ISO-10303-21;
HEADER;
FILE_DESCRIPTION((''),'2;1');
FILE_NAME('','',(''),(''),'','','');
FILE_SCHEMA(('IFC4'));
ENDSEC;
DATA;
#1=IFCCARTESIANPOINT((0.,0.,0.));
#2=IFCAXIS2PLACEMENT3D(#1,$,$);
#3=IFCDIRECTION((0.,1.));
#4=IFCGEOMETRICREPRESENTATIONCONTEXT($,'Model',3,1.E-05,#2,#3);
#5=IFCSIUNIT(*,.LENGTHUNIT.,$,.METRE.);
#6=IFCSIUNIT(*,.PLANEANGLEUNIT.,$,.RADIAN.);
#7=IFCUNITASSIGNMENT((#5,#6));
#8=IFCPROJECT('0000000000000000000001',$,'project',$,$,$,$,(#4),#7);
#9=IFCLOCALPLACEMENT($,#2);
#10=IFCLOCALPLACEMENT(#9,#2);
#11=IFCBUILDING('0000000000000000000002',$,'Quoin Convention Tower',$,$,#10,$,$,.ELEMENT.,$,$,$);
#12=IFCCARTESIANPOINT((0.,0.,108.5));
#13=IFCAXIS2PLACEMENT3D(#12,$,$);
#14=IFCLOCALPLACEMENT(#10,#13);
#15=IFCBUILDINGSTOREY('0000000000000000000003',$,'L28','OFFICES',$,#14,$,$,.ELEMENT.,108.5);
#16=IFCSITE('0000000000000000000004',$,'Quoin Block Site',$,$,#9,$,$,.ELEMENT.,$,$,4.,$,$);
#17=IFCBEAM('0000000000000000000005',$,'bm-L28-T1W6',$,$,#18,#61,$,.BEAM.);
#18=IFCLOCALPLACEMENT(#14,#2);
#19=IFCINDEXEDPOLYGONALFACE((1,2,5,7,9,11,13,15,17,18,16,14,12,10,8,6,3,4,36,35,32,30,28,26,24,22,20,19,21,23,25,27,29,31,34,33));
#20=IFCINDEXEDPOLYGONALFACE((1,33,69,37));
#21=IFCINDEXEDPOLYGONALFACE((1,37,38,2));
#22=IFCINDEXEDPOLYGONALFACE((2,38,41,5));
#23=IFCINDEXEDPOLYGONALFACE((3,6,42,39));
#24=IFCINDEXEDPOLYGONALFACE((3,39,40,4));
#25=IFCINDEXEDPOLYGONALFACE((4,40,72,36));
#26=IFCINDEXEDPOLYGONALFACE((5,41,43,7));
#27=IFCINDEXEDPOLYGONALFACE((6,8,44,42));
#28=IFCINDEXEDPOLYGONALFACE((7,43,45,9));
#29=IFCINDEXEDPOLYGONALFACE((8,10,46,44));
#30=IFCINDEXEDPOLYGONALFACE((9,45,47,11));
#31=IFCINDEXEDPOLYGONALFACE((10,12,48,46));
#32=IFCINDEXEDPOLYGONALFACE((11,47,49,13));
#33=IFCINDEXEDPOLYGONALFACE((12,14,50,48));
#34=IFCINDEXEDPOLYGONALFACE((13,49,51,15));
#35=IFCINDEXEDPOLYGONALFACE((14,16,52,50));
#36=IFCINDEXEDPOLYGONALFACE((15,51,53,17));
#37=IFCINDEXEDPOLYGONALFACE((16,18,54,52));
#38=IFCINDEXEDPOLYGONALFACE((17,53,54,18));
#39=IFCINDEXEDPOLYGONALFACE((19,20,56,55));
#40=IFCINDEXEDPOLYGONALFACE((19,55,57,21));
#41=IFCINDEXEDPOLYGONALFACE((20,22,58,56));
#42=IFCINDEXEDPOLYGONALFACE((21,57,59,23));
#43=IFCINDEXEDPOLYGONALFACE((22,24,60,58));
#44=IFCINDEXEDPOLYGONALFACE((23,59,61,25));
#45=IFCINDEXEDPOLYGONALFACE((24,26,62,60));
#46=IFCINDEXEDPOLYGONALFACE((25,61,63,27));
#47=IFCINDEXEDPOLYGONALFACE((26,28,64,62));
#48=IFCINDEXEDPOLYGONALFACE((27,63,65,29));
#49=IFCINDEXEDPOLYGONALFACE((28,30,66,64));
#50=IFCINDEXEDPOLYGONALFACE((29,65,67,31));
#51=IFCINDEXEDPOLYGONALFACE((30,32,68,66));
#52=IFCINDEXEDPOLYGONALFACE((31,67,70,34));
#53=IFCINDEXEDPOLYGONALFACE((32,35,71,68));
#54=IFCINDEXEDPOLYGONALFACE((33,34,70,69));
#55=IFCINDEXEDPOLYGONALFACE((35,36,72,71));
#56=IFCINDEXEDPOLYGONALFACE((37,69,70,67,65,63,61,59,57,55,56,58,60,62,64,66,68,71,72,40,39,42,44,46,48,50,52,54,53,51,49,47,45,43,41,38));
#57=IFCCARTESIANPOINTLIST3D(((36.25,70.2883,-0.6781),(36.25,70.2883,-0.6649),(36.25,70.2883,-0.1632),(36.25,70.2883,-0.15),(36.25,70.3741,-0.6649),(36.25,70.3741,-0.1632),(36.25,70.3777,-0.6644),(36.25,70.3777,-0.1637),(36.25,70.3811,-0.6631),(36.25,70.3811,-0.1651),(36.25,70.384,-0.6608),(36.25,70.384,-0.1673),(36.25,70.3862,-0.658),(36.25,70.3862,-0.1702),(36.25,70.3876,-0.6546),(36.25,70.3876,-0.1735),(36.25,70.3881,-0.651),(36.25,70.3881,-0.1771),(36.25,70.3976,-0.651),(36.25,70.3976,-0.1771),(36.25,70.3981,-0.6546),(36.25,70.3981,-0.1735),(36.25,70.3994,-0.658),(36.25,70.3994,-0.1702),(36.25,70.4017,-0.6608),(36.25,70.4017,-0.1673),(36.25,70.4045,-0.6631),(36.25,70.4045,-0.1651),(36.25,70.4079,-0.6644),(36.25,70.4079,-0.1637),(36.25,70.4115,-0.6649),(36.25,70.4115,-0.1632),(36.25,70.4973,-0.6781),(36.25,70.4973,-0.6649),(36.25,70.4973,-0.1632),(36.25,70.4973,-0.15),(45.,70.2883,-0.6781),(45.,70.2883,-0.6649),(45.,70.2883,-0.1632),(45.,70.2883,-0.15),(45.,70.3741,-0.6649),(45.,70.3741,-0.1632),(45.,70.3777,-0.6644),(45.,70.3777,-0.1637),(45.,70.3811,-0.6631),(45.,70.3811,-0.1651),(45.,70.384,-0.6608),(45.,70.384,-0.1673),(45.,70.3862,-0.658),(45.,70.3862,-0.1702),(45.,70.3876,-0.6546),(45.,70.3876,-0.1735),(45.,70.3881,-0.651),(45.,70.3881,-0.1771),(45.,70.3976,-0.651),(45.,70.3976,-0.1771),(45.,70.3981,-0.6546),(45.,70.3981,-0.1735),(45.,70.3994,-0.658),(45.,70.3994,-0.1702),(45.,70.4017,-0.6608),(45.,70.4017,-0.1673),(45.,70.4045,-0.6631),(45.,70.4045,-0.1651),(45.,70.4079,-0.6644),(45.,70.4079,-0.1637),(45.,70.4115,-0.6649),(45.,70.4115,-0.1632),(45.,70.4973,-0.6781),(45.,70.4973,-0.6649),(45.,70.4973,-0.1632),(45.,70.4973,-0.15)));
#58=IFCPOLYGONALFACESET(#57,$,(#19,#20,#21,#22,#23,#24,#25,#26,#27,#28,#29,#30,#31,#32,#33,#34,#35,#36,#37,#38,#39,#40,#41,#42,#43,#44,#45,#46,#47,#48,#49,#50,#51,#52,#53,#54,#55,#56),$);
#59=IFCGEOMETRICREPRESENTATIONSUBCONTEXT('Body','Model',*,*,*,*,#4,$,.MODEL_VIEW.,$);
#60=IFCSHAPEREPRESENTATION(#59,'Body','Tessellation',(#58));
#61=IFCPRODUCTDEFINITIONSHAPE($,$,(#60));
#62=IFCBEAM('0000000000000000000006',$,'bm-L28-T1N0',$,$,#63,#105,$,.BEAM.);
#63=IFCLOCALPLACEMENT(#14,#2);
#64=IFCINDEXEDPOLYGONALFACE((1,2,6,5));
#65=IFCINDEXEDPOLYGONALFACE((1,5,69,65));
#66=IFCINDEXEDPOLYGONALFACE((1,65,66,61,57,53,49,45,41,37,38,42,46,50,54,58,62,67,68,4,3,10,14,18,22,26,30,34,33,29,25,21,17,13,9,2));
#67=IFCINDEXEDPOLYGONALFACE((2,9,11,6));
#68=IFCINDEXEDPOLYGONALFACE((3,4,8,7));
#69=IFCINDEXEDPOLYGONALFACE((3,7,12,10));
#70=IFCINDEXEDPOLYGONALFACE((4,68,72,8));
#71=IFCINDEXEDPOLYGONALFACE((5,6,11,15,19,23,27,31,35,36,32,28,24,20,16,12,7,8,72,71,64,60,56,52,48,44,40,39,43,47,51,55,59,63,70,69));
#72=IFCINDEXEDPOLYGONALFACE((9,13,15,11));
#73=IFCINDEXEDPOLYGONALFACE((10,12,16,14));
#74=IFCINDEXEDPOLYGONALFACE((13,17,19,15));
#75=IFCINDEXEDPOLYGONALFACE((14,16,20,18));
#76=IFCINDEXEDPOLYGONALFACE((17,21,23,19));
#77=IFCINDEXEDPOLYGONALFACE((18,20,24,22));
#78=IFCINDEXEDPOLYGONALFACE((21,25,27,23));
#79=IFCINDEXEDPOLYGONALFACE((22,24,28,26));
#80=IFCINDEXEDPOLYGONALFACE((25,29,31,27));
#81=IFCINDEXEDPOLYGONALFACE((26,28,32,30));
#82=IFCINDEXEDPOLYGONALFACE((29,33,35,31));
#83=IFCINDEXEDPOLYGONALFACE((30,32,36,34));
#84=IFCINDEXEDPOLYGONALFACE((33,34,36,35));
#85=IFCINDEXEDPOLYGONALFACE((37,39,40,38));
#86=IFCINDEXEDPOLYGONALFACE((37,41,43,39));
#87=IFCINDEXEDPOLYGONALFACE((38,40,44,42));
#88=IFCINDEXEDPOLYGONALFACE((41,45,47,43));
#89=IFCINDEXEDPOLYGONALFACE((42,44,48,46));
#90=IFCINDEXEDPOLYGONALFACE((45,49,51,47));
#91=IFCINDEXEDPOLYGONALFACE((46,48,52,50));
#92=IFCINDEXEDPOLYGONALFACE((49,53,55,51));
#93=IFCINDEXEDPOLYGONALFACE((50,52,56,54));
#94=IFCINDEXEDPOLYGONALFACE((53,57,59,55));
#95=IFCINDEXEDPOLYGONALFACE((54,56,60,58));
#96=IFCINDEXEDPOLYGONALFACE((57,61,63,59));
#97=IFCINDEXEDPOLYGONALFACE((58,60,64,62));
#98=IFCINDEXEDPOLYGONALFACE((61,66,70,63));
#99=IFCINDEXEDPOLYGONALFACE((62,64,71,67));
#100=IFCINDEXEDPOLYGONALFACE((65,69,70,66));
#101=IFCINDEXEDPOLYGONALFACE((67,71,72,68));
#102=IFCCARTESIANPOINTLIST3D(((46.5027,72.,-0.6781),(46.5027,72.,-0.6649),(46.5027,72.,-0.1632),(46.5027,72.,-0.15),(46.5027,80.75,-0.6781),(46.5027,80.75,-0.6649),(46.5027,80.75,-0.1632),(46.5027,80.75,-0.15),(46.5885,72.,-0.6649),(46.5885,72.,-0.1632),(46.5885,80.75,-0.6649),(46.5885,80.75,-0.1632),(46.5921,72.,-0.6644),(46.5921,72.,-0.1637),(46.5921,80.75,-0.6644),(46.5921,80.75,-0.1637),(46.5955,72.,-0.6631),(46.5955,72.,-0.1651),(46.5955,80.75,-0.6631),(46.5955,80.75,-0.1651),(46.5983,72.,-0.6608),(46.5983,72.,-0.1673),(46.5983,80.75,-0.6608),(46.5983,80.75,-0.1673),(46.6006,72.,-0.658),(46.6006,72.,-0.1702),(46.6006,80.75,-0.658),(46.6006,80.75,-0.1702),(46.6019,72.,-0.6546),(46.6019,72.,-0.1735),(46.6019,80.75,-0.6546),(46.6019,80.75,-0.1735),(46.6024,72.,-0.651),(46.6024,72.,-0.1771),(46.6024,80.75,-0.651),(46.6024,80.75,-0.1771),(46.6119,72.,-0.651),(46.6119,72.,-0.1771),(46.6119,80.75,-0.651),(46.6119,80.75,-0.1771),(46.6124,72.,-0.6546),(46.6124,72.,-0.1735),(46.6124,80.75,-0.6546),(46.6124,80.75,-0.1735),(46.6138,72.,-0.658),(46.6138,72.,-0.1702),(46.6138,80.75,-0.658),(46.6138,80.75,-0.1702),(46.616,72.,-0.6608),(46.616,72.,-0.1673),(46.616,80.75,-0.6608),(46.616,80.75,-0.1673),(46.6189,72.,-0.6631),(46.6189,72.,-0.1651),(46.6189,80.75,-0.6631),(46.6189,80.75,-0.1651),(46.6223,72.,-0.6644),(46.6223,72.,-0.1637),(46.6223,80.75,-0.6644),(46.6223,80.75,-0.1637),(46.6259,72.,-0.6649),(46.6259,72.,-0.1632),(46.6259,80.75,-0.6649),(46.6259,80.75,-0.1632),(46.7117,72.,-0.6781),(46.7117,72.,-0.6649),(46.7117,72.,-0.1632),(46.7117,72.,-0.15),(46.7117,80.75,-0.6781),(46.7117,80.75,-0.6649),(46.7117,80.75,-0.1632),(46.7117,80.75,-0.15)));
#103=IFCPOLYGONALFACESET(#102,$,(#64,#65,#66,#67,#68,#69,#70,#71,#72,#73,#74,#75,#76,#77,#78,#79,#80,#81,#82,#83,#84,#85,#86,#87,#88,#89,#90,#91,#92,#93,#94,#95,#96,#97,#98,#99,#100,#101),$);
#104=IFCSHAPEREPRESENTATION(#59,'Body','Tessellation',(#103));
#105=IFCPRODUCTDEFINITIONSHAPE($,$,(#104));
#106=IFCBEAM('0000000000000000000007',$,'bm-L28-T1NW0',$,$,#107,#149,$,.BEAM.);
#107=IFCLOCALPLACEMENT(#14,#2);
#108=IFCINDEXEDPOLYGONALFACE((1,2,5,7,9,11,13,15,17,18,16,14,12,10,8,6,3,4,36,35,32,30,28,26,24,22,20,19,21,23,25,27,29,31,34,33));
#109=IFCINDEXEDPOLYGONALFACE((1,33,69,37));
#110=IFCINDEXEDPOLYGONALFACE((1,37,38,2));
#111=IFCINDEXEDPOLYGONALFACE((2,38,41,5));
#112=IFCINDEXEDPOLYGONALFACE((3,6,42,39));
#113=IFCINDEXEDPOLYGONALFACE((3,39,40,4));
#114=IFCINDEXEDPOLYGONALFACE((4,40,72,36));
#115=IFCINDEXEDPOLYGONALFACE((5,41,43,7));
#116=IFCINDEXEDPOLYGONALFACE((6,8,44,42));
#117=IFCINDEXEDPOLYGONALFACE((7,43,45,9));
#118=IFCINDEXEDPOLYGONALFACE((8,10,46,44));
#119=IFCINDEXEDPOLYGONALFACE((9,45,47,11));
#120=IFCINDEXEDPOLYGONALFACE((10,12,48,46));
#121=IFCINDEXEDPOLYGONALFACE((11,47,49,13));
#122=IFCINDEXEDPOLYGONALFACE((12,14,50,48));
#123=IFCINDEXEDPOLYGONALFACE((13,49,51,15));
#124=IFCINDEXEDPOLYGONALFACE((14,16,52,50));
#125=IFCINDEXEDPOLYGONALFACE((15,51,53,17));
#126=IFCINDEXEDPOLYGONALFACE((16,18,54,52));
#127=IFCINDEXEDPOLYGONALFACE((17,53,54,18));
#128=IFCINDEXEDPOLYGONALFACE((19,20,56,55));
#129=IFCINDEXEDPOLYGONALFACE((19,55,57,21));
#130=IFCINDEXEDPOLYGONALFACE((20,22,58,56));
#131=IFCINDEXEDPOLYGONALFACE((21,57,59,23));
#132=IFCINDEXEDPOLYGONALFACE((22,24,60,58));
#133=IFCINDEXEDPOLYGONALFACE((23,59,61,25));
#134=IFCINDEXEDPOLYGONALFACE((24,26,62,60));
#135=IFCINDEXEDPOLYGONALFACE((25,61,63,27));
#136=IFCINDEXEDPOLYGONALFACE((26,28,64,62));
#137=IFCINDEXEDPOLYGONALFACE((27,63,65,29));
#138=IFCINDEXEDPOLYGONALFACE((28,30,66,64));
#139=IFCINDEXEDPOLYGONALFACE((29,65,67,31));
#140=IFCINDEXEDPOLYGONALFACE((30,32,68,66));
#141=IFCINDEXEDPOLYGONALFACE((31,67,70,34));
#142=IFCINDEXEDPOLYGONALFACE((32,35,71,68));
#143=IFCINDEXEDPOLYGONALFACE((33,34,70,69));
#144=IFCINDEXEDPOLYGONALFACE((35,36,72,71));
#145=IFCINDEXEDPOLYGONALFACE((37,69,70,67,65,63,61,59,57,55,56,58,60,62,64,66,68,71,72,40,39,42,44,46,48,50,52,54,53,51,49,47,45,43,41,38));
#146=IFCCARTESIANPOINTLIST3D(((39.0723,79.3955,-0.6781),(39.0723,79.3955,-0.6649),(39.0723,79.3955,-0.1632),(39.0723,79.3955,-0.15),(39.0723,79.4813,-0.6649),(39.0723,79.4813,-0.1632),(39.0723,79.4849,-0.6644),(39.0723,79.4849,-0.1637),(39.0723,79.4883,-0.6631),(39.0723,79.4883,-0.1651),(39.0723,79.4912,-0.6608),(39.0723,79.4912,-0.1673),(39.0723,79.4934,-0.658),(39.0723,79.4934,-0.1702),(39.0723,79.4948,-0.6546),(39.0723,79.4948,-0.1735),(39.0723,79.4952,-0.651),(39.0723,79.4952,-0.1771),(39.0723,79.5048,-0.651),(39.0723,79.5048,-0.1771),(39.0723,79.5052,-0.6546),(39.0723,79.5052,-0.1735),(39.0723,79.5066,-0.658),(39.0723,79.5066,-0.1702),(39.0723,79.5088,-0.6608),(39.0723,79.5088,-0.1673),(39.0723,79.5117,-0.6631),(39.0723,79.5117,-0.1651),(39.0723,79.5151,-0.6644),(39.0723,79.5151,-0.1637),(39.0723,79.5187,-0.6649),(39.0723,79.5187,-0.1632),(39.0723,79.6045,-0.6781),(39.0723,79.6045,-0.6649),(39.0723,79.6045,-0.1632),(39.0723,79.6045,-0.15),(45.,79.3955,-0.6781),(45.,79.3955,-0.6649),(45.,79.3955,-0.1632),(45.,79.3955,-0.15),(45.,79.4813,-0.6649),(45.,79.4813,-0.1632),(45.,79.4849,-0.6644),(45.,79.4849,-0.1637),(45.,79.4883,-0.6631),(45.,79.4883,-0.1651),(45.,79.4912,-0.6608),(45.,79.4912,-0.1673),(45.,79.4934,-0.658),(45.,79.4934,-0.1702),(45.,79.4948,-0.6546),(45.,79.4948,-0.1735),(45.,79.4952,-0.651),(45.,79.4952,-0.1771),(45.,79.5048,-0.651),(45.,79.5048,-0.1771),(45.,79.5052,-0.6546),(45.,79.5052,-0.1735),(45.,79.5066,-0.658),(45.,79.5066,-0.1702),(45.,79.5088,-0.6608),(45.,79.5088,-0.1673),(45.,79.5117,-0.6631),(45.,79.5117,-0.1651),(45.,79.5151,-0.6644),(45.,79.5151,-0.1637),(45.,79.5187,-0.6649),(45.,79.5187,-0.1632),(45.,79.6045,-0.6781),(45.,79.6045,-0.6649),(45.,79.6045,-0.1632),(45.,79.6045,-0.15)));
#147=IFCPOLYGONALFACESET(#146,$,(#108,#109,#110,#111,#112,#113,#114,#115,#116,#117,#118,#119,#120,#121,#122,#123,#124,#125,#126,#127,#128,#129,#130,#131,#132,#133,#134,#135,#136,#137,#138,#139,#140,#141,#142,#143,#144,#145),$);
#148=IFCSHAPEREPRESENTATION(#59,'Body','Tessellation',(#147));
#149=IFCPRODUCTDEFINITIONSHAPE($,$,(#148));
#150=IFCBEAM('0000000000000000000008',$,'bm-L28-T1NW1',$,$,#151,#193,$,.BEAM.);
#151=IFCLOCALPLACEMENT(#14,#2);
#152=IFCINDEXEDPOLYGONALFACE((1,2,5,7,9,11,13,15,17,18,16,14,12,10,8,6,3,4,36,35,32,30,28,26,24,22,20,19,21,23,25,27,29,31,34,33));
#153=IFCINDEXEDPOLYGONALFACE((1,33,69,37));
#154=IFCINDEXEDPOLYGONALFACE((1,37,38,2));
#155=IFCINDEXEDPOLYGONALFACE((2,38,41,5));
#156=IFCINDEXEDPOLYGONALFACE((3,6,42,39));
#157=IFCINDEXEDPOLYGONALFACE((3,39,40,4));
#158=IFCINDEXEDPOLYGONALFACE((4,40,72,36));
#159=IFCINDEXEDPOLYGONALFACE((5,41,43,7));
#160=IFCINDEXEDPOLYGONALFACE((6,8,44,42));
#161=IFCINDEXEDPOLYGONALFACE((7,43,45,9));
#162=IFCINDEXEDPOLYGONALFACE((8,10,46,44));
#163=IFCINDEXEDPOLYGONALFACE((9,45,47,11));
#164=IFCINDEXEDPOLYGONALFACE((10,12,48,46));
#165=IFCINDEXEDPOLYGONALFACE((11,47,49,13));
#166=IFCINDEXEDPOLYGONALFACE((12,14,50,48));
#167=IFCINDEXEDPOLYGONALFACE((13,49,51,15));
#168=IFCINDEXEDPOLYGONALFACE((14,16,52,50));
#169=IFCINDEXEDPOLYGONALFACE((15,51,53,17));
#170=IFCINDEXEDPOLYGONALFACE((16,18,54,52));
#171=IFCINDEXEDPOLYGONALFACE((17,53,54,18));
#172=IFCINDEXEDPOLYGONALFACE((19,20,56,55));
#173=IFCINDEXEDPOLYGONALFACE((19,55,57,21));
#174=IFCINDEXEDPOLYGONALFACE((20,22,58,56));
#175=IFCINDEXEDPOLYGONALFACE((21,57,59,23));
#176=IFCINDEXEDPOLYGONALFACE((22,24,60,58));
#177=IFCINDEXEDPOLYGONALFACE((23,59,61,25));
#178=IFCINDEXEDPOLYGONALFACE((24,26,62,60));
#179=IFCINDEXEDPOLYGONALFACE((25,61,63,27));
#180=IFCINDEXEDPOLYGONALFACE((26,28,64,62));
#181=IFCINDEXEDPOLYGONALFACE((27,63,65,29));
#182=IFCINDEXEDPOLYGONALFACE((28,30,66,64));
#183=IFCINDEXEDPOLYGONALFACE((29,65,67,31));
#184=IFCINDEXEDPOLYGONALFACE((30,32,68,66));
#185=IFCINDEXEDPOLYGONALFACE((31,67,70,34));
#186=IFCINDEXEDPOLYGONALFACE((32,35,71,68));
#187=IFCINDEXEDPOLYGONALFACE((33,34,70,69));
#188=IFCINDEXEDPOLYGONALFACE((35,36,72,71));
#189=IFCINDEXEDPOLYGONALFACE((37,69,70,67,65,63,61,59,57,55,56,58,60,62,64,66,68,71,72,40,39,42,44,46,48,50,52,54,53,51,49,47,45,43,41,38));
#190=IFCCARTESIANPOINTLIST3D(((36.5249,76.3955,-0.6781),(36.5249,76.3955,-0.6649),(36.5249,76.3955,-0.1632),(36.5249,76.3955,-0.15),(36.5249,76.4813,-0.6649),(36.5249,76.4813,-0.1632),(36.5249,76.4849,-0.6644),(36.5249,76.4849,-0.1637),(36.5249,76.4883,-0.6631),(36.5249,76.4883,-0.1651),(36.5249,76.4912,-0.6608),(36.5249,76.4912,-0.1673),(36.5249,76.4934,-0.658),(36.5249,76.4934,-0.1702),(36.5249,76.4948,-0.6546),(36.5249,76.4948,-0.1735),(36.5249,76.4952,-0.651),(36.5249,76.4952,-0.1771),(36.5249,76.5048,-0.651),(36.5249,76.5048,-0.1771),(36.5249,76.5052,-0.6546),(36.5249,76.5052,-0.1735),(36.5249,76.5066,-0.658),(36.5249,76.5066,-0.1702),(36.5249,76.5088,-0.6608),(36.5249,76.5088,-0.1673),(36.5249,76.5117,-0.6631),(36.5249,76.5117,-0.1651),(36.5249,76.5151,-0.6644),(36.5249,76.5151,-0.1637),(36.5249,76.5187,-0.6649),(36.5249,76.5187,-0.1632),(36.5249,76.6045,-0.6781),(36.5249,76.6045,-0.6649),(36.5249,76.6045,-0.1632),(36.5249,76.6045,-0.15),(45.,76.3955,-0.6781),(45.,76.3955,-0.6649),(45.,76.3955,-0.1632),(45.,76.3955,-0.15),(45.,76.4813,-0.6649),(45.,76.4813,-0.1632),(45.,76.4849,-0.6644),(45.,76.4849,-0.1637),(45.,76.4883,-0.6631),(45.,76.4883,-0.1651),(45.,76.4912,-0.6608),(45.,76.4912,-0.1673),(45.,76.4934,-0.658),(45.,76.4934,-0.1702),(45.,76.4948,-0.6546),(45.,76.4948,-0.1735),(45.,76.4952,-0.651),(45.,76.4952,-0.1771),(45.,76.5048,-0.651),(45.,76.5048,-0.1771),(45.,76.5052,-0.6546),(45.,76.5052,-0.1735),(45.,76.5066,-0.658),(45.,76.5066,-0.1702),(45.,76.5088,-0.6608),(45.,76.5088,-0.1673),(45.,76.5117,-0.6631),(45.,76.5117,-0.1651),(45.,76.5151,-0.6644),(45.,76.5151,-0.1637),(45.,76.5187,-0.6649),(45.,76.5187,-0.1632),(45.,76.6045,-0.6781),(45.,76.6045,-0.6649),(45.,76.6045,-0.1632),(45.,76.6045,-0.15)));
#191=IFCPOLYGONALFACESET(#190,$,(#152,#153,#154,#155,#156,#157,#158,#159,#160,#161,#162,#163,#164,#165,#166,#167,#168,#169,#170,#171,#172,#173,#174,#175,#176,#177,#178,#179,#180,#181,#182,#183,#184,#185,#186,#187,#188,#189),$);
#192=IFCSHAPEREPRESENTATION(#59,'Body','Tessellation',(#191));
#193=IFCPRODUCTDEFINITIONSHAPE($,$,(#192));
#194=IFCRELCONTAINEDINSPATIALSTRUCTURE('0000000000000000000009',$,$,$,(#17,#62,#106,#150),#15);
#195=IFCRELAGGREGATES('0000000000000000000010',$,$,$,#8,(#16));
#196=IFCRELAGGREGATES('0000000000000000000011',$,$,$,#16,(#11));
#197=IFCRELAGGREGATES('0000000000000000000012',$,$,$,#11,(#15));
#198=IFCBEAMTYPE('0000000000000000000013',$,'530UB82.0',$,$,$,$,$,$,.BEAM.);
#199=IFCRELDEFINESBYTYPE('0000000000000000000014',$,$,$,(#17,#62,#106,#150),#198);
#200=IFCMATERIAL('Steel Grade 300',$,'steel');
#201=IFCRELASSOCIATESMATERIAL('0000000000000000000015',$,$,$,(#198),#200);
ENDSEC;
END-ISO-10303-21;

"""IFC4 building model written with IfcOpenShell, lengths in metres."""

from ifc_helpers import new_model, si_unit, direction, frame, origin, origin_2d, place, context, subcontext, project, spatial, i_section, extrude, material, material_profile, profile_set, type_object, element, save


model = new_model("IFC4")

# Units and contexts
model_context = context("Model", 3, precision=1e-05, world=origin(), true_north=direction((0.0, 1.0)))
body_context = subcontext(model_context, "Body", "Model", "MODEL_VIEW")
ifc_project = project(units=[si_unit("LENGTHUNIT", "METRE"), si_unit("PLANEANGLEUNIT", "RADIAN")], contexts=[model_context])

# Site, building, storey
site_placement = place(None, origin())
site = spatial("IfcSite", under=ifc_project, at=site_placement, Name="Quoin Block Site", CompositionType="ELEMENT", RefElevation=4.0)
building_placement = place(site_placement, origin())
building = spatial("IfcBuilding", under=site, at=building_placement, Name="Quoin Convention Tower", CompositionType="ELEMENT")
storey_placement = place(building_placement, frame((0.0, 0.0, 108.5)))
storey = spatial("IfcBuildingStorey", under=building, at=storey_placement, Name="L28", Description="OFFICES", CompositionType="ELEMENT", Elevation=108.5)

# Beams
ifc_material_1 = material(Name="Steel Grade 300", Category="steel")
ifc_material_profile_1 = material_profile(ifc_material_1, i_section(OverallWidth=0.209, OverallDepth=0.5281, WebThickness=0.0095, FlangeThickness=0.0132, FilletRadius=0.0139, at=origin_2d()), Name="530UB82.0")
ifc_profile_set_1 = profile_set([ifc_material_profile_1], Name="Steel Grade 300")
beam_type_1 = type_object("IfcBeamType", Name="530UB82.0", PredefinedType="BEAM", material=ifc_profile_set_1)
for number, where, z_axis, x_axis, name in (
    (1, (36.25, 70.3928, -0.4141), (1.0, 0.0, 0.0), (0.0, 1.0, 0.0), "bm-L28-T1W6"),
    (2, (46.6072, 72.0, -0.4141), (0.0, 1.0, 0.0), (-1.0, 0.0, 0.0), "bm-L28-T1N0"),
):
    element("IfcBeam", number, at=place(storey_placement, frame(where, z_axis=z_axis, x_axis=x_axis)), inside=storey, type_object=beam_type_1, Name=name, PredefinedType="BEAM", context=body_context, shape_type="SweptSolid", body=[
        extrude(i_section(OverallWidth=0.209, OverallDepth=0.5281, WebThickness=0.0095, FlangeThickness=0.0132, FilletRadius=0.0139, at=origin_2d()), origin(), (0.0, 0.0, 1.0), 8.75),
    ])
beam_1_placement = place(storey_placement, frame((39.0723, 79.5, -0.4141), z_axis=(1.0, 0.0, 0.0), x_axis=(0.0, 1.0, 0.0)))
element("IfcBeam", 3, at=beam_1_placement, inside=storey, type_object=beam_type_1, Name="bm-L28-T1NW0", PredefinedType="BEAM", context=body_context, shape_type="SweptSolid", body=[
    extrude(i_section(OverallWidth=0.209, OverallDepth=0.5281, WebThickness=0.0095, FlangeThickness=0.0132, FilletRadius=0.0139, at=origin_2d()), origin(), (0.0, 0.0, 1.0), 5.9277),
])
beam_2_placement = place(storey_placement, frame((36.5249, 76.5, -0.4141), z_axis=(1.0, 0.0, 0.0), x_axis=(0.0, 1.0, 0.0)))
element("IfcBeam", 4, at=beam_2_placement, inside=storey, type_object=beam_type_1, Name="bm-L28-T1NW1", PredefinedType="BEAM", context=body_context, shape_type="SweptSolid", body=[
    extrude(i_section(OverallWidth=0.209, OverallDepth=0.5281, WebThickness=0.0095, FlangeThickness=0.0132, FilletRadius=0.0139, at=origin_2d()), origin(), (0.0, 0.0, 1.0), 8.4751),
])

save(model, "model.ifc")
